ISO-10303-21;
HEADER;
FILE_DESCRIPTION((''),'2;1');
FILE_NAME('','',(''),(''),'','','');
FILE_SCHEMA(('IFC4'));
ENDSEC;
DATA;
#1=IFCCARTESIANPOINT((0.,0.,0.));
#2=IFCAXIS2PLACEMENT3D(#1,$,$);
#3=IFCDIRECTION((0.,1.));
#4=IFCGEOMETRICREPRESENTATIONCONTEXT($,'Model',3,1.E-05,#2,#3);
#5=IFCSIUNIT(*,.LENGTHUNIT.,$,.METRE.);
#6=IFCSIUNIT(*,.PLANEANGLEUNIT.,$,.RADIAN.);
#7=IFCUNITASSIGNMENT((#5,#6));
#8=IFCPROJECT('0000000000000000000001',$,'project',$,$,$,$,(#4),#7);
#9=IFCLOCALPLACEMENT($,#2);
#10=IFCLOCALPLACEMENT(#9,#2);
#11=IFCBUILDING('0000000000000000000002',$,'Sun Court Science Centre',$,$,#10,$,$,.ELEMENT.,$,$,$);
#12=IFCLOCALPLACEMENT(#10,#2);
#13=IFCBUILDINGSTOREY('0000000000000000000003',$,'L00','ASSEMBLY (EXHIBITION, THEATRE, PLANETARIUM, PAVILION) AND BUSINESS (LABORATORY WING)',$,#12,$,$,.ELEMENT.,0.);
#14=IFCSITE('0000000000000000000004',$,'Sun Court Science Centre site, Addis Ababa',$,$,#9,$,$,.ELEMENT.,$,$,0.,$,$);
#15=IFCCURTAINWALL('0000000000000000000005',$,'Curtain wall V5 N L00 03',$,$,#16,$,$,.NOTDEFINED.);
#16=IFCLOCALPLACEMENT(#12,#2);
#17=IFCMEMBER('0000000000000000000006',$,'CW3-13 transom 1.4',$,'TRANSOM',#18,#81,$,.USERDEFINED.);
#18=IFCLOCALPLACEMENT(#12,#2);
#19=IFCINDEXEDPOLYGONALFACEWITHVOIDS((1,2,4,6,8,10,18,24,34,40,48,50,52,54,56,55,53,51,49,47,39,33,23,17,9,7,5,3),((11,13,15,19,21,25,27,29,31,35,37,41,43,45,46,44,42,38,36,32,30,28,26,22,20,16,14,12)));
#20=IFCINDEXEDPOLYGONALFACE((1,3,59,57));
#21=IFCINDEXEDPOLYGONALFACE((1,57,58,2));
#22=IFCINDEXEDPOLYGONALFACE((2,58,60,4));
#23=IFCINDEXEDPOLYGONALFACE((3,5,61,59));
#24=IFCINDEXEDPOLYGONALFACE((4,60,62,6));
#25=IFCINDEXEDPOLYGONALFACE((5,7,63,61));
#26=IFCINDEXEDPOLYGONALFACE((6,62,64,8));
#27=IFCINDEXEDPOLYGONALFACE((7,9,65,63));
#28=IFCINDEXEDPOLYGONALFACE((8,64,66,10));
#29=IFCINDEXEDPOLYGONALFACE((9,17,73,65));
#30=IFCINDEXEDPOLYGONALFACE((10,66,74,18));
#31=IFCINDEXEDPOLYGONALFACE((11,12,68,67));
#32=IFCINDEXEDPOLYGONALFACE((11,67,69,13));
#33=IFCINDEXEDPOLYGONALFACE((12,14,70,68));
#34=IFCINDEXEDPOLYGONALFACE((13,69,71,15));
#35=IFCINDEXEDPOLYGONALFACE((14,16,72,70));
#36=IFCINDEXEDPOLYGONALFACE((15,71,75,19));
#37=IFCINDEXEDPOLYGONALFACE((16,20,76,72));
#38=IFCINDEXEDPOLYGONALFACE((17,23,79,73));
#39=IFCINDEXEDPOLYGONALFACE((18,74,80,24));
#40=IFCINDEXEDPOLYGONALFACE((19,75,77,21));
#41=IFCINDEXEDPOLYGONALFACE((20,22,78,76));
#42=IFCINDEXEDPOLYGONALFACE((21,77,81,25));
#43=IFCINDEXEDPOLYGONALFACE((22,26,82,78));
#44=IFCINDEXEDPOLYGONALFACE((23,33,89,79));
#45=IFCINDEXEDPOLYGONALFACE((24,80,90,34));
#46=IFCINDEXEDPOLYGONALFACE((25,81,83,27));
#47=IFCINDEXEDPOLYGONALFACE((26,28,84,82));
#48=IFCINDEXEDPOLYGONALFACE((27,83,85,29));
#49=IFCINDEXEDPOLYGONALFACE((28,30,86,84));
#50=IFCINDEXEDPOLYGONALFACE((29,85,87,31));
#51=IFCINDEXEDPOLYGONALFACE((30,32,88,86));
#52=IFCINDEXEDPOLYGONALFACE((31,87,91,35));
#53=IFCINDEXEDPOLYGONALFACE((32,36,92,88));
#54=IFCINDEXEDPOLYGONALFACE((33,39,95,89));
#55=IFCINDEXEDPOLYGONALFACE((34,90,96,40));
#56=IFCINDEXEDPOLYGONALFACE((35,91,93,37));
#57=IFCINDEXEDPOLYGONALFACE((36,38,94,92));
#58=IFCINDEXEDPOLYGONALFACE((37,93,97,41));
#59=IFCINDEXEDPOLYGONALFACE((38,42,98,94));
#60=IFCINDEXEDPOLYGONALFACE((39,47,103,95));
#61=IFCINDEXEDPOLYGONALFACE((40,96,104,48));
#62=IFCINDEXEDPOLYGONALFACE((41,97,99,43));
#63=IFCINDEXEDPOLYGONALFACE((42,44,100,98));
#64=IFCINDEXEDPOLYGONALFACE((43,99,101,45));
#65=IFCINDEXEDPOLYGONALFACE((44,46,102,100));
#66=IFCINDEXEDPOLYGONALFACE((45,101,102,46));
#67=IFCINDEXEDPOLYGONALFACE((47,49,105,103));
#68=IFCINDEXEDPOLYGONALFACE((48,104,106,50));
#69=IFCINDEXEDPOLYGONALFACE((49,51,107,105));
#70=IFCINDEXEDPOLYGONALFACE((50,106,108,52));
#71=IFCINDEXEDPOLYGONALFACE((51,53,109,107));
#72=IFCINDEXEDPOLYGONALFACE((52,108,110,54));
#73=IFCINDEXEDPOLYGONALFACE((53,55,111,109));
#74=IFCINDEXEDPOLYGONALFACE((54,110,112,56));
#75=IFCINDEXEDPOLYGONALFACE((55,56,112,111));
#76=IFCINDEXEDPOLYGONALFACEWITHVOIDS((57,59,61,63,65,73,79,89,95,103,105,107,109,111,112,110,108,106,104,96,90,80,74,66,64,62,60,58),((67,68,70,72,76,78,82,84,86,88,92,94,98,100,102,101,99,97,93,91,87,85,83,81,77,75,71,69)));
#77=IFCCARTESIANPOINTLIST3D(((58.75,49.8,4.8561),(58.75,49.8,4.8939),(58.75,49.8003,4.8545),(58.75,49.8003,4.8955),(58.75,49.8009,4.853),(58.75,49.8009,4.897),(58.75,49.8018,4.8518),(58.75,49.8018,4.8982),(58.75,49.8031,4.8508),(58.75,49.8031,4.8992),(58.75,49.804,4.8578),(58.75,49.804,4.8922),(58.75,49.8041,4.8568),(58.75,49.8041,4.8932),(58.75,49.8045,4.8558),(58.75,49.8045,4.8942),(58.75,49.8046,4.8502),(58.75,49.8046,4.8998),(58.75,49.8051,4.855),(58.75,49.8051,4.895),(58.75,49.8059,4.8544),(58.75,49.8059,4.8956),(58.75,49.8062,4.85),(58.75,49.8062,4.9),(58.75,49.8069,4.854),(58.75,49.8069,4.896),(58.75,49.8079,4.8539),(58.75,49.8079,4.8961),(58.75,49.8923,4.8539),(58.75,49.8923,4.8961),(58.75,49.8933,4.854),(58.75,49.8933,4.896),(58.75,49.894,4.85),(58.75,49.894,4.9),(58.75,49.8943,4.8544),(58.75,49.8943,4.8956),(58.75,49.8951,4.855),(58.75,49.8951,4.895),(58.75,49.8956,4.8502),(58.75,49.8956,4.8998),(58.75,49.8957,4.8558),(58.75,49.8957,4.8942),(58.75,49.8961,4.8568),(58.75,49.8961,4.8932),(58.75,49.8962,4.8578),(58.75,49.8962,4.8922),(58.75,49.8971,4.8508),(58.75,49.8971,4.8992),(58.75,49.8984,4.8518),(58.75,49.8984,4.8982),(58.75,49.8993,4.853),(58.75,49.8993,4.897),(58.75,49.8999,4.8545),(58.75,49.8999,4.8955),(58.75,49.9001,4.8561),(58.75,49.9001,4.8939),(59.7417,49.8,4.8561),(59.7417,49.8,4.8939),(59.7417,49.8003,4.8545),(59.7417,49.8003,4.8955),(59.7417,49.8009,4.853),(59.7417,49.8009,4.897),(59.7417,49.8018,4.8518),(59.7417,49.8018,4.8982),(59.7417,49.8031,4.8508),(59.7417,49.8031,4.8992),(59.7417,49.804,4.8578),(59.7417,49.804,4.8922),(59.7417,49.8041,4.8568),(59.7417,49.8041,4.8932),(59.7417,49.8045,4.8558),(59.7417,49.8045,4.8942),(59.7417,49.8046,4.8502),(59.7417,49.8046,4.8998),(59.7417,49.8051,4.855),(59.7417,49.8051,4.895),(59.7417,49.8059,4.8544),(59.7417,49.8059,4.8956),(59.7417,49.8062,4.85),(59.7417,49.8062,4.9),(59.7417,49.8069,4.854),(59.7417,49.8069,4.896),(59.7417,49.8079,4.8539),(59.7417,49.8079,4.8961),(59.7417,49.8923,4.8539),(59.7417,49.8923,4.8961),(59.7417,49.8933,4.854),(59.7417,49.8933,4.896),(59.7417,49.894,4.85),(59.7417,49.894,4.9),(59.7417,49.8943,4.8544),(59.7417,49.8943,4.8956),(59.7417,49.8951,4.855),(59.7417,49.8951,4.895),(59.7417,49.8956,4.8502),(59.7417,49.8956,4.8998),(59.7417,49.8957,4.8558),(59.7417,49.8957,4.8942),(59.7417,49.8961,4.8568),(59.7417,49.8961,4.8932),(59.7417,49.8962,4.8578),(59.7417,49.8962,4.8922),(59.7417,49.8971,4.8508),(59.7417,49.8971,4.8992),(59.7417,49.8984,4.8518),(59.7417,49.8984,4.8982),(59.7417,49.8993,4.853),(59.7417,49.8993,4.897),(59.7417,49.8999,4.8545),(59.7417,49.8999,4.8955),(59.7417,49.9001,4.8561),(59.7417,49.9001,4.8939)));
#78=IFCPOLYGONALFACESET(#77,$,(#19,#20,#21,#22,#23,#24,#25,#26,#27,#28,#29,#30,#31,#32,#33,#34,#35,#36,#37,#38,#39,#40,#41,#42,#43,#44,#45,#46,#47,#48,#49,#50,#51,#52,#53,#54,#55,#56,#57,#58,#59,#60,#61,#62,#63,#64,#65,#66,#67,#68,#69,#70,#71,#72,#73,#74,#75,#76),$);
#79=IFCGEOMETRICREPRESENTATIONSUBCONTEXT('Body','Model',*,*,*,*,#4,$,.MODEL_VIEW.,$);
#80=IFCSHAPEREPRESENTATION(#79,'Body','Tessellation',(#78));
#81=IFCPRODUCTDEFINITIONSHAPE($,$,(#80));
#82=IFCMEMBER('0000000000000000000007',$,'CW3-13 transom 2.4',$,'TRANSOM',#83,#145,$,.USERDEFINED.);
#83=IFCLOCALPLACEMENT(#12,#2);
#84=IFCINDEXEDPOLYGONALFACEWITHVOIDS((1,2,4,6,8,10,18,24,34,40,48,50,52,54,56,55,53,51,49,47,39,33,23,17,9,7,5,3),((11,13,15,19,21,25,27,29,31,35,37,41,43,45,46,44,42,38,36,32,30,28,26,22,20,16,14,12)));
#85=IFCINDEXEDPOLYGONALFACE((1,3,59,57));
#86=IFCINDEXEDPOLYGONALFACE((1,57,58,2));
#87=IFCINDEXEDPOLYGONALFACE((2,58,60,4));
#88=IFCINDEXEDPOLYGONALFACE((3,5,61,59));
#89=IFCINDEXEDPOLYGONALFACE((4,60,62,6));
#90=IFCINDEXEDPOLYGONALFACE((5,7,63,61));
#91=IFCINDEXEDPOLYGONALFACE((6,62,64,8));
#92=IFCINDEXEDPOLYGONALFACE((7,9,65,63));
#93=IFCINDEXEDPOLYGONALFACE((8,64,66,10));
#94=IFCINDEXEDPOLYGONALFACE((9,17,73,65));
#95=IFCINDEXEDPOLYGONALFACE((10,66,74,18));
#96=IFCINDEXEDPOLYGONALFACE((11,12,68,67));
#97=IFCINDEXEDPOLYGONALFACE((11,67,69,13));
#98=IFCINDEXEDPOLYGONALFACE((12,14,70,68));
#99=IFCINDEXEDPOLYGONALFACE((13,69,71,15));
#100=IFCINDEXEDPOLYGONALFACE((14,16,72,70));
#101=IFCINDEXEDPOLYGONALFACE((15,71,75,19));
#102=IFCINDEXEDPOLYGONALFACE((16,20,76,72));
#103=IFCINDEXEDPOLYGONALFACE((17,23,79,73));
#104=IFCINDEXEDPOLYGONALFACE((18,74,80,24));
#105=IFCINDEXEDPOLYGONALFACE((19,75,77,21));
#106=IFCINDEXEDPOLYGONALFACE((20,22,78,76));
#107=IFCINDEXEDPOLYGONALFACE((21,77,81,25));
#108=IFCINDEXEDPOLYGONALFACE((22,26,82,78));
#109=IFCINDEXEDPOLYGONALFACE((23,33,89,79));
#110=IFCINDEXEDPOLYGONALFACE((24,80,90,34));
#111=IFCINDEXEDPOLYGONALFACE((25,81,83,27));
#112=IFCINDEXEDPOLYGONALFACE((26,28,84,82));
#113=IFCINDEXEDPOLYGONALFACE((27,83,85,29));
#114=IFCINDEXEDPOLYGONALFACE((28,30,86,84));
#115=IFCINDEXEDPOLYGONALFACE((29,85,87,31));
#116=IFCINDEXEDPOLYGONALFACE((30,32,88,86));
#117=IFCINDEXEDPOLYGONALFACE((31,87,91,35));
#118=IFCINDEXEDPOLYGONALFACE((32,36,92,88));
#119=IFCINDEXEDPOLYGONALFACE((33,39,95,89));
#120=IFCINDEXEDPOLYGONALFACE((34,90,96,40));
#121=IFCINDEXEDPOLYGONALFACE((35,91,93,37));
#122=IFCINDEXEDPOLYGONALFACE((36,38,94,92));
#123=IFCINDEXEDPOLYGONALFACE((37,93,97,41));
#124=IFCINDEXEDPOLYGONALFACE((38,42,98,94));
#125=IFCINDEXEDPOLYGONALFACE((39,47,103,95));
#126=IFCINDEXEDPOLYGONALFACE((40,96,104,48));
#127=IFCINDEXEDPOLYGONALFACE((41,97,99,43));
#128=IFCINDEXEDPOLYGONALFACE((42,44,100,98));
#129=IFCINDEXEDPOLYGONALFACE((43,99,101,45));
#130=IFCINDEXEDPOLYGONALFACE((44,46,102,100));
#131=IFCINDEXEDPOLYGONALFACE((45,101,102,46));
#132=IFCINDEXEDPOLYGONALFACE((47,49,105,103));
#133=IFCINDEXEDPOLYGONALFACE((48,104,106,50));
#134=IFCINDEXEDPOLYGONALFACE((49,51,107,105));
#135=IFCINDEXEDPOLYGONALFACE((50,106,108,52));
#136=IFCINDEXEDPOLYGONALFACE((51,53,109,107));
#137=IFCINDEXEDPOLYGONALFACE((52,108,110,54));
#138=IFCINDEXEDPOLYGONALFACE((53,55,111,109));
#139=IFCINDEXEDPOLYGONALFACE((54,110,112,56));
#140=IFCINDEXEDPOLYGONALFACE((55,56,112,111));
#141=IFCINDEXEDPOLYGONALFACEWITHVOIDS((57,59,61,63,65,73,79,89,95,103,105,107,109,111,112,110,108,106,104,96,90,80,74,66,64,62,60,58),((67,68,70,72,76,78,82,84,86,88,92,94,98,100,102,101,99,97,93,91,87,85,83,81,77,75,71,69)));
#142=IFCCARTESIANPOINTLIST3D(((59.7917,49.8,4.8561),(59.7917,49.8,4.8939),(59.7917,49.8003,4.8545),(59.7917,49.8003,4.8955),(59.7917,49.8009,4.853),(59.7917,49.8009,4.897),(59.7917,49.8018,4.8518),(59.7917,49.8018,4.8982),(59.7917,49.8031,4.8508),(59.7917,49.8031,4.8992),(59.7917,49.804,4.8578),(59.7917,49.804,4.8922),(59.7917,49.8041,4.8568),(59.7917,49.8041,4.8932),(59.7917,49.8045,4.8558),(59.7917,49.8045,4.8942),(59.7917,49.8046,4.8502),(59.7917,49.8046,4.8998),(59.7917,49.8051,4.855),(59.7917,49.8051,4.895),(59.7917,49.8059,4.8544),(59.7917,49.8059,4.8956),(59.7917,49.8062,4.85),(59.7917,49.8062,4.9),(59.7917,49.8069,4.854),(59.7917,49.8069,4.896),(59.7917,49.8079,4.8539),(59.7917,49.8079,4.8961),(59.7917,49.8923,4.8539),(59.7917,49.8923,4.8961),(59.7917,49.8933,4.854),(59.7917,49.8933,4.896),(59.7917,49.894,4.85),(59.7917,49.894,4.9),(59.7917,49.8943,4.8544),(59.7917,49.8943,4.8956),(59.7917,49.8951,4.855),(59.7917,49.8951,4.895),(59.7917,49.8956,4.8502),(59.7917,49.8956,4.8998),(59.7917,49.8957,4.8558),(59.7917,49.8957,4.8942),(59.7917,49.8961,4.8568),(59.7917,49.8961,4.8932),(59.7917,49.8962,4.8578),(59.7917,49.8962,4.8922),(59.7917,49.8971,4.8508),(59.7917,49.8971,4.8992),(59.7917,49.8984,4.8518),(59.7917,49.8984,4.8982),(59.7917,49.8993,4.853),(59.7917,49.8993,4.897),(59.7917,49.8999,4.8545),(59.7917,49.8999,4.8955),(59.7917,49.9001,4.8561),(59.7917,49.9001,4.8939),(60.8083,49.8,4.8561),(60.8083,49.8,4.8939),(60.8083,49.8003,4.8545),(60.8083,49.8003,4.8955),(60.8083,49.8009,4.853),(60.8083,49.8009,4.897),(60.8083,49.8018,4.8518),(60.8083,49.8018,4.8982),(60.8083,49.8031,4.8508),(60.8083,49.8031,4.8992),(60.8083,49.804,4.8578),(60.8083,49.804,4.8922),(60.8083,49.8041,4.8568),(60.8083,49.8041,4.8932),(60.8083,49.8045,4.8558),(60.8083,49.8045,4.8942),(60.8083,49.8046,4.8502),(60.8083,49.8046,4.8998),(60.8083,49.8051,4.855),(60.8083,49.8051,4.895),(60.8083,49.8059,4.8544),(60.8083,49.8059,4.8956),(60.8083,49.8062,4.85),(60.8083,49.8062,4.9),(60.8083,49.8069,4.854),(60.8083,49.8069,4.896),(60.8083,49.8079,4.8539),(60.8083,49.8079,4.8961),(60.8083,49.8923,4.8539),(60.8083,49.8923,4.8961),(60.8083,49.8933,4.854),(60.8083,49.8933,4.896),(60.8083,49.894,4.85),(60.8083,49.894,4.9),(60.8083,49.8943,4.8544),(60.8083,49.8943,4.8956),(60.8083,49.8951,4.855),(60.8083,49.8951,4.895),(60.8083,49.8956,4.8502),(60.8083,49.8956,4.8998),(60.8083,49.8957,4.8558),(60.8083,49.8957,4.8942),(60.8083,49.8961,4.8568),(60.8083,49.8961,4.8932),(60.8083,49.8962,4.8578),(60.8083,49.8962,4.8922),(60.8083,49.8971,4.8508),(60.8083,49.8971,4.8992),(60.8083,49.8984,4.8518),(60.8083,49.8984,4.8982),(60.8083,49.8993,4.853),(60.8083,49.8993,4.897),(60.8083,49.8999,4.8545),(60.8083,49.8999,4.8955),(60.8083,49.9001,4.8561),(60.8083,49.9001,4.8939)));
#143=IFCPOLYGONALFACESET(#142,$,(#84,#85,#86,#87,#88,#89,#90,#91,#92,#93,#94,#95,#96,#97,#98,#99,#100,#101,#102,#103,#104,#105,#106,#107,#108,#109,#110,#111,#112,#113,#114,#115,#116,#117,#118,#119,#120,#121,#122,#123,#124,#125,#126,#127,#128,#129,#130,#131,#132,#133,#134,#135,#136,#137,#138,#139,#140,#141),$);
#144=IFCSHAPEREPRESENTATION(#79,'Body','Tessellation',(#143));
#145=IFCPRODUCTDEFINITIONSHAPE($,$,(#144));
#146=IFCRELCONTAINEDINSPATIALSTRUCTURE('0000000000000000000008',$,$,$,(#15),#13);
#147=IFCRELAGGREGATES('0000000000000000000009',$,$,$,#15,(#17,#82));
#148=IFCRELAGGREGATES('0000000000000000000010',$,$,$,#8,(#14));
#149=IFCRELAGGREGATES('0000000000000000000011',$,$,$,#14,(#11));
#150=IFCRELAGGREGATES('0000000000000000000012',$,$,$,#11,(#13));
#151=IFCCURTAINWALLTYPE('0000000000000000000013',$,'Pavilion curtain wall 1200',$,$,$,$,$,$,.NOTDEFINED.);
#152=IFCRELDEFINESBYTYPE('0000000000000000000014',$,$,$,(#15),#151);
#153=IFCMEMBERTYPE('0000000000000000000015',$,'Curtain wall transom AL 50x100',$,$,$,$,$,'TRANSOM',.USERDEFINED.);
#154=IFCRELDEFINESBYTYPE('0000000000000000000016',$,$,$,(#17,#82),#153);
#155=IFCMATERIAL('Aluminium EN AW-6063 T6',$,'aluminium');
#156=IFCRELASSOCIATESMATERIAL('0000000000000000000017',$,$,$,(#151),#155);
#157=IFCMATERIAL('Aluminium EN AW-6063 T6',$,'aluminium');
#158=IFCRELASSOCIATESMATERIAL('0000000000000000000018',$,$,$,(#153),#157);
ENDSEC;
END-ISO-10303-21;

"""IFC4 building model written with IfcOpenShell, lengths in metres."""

from ifc_helpers import new_model, si_unit, direction, frame, origin, origin_2d, place, context, subcontext, project, spatial, hollow_rectangle, extrude, material, material_profile, profile_set, type_object, element, aggregate, save


model = new_model("IFC4")

# Units and contexts
model_context = context("Model", 3, precision=1e-05, world=origin(), true_north=direction((0.0, 1.0)))
body_context = subcontext(model_context, "Body", "Model", "MODEL_VIEW")
ifc_project = project(units=[si_unit("LENGTHUNIT", "METRE"), si_unit("PLANEANGLEUNIT", "RADIAN")], contexts=[model_context])

# Site, building, storey
site_placement = place(None, origin())
site = spatial("IfcSite", under=ifc_project, at=site_placement, Name="Sun Court Science Centre site, Addis Ababa", CompositionType="ELEMENT", RefElevation=0.0)
building_placement = place(site_placement, origin())
building = spatial("IfcBuilding", under=site, at=building_placement, Name="Sun Court Science Centre", CompositionType="ELEMENT")
storey_placement = place(building_placement, origin())
storey = spatial("IfcBuildingStorey", under=building, at=storey_placement, Name="L00", Description="ASSEMBLY (EXHIBITION, THEATRE, PLANETARIUM, PAVILION) AND BUSINESS (LABORATORY WING)", CompositionType="ELEMENT", Elevation=0.0)

# Curtain wall
ifc_material_1 = material(Name="Aluminium EN AW-6063 T6", Category="aluminium")
curtain_wall_type = type_object("IfcCurtainWallType", Name="Pavilion curtain wall 1200", PredefinedType="NOTDEFINED", material=ifc_material_1)
curtain_wall_1_placement = place(storey_placement, origin())
curtain_wall_1 = element("IfcCurtainWall", 1, at=curtain_wall_1_placement, inside=storey, type_object=curtain_wall_type, Name="Curtain wall V5 N L00 03", PredefinedType="NOTDEFINED")

# Members
ifc_material_2 = material(Name="Aluminium EN AW-6063 T6", Category="aluminium")
ifc_material_profile_1 = material_profile(ifc_material_2, hollow_rectangle(XDim=0.05, YDim=0.1001, WallThickness=0.0039, InnerFilletRadius=0.0039, OuterFilletRadius=0.0061, at=origin_2d()), Name="AL 50x100x4")
ifc_profile_set_1 = profile_set([ifc_material_profile_1], Name="Aluminium EN AW-6063 T6")
member_type_1 = type_object("IfcMemberType", Name="Curtain wall transom AL 50x100", ElementType="TRANSOM", PredefinedType="USERDEFINED", material=ifc_profile_set_1)
member_1_placement = place(storey_placement, frame((58.75, 49.8501, 4.875), z_axis=(1.0, 0.0, 0.0), x_axis=(0.0, 0.0, 1.0)))
member_1 = element("IfcMember", 2, at=member_1_placement, type_object=member_type_1, Name="CW3-13 transom 1.4", ObjectType="TRANSOM", PredefinedType="USERDEFINED", context=body_context, shape_type="SweptSolid", body=[
    extrude(hollow_rectangle(XDim=0.05, YDim=0.1001, WallThickness=0.0039, InnerFilletRadius=0.0039, OuterFilletRadius=0.0061, at=origin_2d()), origin(), (0.0, 0.0, 1.0), 0.9917),
])
member_2_placement = place(storey_placement, frame((59.7917, 49.8501, 4.875), z_axis=(1.0, 0.0, 0.0), x_axis=(0.0, 0.0, 1.0)))
member_2 = element("IfcMember", 3, at=member_2_placement, type_object=member_type_1, Name="CW3-13 transom 2.4", ObjectType="TRANSOM", PredefinedType="USERDEFINED", context=body_context, shape_type="SweptSolid", body=[
    extrude(hollow_rectangle(XDim=0.05, YDim=0.1001, WallThickness=0.0039, InnerFilletRadius=0.0039, OuterFilletRadius=0.0061, at=origin_2d()), origin(), (0.0, 0.0, 1.0), 1.0166),
])

aggregate(curtain_wall_1, [member_1, member_2])

save(model, "model.ifc")
